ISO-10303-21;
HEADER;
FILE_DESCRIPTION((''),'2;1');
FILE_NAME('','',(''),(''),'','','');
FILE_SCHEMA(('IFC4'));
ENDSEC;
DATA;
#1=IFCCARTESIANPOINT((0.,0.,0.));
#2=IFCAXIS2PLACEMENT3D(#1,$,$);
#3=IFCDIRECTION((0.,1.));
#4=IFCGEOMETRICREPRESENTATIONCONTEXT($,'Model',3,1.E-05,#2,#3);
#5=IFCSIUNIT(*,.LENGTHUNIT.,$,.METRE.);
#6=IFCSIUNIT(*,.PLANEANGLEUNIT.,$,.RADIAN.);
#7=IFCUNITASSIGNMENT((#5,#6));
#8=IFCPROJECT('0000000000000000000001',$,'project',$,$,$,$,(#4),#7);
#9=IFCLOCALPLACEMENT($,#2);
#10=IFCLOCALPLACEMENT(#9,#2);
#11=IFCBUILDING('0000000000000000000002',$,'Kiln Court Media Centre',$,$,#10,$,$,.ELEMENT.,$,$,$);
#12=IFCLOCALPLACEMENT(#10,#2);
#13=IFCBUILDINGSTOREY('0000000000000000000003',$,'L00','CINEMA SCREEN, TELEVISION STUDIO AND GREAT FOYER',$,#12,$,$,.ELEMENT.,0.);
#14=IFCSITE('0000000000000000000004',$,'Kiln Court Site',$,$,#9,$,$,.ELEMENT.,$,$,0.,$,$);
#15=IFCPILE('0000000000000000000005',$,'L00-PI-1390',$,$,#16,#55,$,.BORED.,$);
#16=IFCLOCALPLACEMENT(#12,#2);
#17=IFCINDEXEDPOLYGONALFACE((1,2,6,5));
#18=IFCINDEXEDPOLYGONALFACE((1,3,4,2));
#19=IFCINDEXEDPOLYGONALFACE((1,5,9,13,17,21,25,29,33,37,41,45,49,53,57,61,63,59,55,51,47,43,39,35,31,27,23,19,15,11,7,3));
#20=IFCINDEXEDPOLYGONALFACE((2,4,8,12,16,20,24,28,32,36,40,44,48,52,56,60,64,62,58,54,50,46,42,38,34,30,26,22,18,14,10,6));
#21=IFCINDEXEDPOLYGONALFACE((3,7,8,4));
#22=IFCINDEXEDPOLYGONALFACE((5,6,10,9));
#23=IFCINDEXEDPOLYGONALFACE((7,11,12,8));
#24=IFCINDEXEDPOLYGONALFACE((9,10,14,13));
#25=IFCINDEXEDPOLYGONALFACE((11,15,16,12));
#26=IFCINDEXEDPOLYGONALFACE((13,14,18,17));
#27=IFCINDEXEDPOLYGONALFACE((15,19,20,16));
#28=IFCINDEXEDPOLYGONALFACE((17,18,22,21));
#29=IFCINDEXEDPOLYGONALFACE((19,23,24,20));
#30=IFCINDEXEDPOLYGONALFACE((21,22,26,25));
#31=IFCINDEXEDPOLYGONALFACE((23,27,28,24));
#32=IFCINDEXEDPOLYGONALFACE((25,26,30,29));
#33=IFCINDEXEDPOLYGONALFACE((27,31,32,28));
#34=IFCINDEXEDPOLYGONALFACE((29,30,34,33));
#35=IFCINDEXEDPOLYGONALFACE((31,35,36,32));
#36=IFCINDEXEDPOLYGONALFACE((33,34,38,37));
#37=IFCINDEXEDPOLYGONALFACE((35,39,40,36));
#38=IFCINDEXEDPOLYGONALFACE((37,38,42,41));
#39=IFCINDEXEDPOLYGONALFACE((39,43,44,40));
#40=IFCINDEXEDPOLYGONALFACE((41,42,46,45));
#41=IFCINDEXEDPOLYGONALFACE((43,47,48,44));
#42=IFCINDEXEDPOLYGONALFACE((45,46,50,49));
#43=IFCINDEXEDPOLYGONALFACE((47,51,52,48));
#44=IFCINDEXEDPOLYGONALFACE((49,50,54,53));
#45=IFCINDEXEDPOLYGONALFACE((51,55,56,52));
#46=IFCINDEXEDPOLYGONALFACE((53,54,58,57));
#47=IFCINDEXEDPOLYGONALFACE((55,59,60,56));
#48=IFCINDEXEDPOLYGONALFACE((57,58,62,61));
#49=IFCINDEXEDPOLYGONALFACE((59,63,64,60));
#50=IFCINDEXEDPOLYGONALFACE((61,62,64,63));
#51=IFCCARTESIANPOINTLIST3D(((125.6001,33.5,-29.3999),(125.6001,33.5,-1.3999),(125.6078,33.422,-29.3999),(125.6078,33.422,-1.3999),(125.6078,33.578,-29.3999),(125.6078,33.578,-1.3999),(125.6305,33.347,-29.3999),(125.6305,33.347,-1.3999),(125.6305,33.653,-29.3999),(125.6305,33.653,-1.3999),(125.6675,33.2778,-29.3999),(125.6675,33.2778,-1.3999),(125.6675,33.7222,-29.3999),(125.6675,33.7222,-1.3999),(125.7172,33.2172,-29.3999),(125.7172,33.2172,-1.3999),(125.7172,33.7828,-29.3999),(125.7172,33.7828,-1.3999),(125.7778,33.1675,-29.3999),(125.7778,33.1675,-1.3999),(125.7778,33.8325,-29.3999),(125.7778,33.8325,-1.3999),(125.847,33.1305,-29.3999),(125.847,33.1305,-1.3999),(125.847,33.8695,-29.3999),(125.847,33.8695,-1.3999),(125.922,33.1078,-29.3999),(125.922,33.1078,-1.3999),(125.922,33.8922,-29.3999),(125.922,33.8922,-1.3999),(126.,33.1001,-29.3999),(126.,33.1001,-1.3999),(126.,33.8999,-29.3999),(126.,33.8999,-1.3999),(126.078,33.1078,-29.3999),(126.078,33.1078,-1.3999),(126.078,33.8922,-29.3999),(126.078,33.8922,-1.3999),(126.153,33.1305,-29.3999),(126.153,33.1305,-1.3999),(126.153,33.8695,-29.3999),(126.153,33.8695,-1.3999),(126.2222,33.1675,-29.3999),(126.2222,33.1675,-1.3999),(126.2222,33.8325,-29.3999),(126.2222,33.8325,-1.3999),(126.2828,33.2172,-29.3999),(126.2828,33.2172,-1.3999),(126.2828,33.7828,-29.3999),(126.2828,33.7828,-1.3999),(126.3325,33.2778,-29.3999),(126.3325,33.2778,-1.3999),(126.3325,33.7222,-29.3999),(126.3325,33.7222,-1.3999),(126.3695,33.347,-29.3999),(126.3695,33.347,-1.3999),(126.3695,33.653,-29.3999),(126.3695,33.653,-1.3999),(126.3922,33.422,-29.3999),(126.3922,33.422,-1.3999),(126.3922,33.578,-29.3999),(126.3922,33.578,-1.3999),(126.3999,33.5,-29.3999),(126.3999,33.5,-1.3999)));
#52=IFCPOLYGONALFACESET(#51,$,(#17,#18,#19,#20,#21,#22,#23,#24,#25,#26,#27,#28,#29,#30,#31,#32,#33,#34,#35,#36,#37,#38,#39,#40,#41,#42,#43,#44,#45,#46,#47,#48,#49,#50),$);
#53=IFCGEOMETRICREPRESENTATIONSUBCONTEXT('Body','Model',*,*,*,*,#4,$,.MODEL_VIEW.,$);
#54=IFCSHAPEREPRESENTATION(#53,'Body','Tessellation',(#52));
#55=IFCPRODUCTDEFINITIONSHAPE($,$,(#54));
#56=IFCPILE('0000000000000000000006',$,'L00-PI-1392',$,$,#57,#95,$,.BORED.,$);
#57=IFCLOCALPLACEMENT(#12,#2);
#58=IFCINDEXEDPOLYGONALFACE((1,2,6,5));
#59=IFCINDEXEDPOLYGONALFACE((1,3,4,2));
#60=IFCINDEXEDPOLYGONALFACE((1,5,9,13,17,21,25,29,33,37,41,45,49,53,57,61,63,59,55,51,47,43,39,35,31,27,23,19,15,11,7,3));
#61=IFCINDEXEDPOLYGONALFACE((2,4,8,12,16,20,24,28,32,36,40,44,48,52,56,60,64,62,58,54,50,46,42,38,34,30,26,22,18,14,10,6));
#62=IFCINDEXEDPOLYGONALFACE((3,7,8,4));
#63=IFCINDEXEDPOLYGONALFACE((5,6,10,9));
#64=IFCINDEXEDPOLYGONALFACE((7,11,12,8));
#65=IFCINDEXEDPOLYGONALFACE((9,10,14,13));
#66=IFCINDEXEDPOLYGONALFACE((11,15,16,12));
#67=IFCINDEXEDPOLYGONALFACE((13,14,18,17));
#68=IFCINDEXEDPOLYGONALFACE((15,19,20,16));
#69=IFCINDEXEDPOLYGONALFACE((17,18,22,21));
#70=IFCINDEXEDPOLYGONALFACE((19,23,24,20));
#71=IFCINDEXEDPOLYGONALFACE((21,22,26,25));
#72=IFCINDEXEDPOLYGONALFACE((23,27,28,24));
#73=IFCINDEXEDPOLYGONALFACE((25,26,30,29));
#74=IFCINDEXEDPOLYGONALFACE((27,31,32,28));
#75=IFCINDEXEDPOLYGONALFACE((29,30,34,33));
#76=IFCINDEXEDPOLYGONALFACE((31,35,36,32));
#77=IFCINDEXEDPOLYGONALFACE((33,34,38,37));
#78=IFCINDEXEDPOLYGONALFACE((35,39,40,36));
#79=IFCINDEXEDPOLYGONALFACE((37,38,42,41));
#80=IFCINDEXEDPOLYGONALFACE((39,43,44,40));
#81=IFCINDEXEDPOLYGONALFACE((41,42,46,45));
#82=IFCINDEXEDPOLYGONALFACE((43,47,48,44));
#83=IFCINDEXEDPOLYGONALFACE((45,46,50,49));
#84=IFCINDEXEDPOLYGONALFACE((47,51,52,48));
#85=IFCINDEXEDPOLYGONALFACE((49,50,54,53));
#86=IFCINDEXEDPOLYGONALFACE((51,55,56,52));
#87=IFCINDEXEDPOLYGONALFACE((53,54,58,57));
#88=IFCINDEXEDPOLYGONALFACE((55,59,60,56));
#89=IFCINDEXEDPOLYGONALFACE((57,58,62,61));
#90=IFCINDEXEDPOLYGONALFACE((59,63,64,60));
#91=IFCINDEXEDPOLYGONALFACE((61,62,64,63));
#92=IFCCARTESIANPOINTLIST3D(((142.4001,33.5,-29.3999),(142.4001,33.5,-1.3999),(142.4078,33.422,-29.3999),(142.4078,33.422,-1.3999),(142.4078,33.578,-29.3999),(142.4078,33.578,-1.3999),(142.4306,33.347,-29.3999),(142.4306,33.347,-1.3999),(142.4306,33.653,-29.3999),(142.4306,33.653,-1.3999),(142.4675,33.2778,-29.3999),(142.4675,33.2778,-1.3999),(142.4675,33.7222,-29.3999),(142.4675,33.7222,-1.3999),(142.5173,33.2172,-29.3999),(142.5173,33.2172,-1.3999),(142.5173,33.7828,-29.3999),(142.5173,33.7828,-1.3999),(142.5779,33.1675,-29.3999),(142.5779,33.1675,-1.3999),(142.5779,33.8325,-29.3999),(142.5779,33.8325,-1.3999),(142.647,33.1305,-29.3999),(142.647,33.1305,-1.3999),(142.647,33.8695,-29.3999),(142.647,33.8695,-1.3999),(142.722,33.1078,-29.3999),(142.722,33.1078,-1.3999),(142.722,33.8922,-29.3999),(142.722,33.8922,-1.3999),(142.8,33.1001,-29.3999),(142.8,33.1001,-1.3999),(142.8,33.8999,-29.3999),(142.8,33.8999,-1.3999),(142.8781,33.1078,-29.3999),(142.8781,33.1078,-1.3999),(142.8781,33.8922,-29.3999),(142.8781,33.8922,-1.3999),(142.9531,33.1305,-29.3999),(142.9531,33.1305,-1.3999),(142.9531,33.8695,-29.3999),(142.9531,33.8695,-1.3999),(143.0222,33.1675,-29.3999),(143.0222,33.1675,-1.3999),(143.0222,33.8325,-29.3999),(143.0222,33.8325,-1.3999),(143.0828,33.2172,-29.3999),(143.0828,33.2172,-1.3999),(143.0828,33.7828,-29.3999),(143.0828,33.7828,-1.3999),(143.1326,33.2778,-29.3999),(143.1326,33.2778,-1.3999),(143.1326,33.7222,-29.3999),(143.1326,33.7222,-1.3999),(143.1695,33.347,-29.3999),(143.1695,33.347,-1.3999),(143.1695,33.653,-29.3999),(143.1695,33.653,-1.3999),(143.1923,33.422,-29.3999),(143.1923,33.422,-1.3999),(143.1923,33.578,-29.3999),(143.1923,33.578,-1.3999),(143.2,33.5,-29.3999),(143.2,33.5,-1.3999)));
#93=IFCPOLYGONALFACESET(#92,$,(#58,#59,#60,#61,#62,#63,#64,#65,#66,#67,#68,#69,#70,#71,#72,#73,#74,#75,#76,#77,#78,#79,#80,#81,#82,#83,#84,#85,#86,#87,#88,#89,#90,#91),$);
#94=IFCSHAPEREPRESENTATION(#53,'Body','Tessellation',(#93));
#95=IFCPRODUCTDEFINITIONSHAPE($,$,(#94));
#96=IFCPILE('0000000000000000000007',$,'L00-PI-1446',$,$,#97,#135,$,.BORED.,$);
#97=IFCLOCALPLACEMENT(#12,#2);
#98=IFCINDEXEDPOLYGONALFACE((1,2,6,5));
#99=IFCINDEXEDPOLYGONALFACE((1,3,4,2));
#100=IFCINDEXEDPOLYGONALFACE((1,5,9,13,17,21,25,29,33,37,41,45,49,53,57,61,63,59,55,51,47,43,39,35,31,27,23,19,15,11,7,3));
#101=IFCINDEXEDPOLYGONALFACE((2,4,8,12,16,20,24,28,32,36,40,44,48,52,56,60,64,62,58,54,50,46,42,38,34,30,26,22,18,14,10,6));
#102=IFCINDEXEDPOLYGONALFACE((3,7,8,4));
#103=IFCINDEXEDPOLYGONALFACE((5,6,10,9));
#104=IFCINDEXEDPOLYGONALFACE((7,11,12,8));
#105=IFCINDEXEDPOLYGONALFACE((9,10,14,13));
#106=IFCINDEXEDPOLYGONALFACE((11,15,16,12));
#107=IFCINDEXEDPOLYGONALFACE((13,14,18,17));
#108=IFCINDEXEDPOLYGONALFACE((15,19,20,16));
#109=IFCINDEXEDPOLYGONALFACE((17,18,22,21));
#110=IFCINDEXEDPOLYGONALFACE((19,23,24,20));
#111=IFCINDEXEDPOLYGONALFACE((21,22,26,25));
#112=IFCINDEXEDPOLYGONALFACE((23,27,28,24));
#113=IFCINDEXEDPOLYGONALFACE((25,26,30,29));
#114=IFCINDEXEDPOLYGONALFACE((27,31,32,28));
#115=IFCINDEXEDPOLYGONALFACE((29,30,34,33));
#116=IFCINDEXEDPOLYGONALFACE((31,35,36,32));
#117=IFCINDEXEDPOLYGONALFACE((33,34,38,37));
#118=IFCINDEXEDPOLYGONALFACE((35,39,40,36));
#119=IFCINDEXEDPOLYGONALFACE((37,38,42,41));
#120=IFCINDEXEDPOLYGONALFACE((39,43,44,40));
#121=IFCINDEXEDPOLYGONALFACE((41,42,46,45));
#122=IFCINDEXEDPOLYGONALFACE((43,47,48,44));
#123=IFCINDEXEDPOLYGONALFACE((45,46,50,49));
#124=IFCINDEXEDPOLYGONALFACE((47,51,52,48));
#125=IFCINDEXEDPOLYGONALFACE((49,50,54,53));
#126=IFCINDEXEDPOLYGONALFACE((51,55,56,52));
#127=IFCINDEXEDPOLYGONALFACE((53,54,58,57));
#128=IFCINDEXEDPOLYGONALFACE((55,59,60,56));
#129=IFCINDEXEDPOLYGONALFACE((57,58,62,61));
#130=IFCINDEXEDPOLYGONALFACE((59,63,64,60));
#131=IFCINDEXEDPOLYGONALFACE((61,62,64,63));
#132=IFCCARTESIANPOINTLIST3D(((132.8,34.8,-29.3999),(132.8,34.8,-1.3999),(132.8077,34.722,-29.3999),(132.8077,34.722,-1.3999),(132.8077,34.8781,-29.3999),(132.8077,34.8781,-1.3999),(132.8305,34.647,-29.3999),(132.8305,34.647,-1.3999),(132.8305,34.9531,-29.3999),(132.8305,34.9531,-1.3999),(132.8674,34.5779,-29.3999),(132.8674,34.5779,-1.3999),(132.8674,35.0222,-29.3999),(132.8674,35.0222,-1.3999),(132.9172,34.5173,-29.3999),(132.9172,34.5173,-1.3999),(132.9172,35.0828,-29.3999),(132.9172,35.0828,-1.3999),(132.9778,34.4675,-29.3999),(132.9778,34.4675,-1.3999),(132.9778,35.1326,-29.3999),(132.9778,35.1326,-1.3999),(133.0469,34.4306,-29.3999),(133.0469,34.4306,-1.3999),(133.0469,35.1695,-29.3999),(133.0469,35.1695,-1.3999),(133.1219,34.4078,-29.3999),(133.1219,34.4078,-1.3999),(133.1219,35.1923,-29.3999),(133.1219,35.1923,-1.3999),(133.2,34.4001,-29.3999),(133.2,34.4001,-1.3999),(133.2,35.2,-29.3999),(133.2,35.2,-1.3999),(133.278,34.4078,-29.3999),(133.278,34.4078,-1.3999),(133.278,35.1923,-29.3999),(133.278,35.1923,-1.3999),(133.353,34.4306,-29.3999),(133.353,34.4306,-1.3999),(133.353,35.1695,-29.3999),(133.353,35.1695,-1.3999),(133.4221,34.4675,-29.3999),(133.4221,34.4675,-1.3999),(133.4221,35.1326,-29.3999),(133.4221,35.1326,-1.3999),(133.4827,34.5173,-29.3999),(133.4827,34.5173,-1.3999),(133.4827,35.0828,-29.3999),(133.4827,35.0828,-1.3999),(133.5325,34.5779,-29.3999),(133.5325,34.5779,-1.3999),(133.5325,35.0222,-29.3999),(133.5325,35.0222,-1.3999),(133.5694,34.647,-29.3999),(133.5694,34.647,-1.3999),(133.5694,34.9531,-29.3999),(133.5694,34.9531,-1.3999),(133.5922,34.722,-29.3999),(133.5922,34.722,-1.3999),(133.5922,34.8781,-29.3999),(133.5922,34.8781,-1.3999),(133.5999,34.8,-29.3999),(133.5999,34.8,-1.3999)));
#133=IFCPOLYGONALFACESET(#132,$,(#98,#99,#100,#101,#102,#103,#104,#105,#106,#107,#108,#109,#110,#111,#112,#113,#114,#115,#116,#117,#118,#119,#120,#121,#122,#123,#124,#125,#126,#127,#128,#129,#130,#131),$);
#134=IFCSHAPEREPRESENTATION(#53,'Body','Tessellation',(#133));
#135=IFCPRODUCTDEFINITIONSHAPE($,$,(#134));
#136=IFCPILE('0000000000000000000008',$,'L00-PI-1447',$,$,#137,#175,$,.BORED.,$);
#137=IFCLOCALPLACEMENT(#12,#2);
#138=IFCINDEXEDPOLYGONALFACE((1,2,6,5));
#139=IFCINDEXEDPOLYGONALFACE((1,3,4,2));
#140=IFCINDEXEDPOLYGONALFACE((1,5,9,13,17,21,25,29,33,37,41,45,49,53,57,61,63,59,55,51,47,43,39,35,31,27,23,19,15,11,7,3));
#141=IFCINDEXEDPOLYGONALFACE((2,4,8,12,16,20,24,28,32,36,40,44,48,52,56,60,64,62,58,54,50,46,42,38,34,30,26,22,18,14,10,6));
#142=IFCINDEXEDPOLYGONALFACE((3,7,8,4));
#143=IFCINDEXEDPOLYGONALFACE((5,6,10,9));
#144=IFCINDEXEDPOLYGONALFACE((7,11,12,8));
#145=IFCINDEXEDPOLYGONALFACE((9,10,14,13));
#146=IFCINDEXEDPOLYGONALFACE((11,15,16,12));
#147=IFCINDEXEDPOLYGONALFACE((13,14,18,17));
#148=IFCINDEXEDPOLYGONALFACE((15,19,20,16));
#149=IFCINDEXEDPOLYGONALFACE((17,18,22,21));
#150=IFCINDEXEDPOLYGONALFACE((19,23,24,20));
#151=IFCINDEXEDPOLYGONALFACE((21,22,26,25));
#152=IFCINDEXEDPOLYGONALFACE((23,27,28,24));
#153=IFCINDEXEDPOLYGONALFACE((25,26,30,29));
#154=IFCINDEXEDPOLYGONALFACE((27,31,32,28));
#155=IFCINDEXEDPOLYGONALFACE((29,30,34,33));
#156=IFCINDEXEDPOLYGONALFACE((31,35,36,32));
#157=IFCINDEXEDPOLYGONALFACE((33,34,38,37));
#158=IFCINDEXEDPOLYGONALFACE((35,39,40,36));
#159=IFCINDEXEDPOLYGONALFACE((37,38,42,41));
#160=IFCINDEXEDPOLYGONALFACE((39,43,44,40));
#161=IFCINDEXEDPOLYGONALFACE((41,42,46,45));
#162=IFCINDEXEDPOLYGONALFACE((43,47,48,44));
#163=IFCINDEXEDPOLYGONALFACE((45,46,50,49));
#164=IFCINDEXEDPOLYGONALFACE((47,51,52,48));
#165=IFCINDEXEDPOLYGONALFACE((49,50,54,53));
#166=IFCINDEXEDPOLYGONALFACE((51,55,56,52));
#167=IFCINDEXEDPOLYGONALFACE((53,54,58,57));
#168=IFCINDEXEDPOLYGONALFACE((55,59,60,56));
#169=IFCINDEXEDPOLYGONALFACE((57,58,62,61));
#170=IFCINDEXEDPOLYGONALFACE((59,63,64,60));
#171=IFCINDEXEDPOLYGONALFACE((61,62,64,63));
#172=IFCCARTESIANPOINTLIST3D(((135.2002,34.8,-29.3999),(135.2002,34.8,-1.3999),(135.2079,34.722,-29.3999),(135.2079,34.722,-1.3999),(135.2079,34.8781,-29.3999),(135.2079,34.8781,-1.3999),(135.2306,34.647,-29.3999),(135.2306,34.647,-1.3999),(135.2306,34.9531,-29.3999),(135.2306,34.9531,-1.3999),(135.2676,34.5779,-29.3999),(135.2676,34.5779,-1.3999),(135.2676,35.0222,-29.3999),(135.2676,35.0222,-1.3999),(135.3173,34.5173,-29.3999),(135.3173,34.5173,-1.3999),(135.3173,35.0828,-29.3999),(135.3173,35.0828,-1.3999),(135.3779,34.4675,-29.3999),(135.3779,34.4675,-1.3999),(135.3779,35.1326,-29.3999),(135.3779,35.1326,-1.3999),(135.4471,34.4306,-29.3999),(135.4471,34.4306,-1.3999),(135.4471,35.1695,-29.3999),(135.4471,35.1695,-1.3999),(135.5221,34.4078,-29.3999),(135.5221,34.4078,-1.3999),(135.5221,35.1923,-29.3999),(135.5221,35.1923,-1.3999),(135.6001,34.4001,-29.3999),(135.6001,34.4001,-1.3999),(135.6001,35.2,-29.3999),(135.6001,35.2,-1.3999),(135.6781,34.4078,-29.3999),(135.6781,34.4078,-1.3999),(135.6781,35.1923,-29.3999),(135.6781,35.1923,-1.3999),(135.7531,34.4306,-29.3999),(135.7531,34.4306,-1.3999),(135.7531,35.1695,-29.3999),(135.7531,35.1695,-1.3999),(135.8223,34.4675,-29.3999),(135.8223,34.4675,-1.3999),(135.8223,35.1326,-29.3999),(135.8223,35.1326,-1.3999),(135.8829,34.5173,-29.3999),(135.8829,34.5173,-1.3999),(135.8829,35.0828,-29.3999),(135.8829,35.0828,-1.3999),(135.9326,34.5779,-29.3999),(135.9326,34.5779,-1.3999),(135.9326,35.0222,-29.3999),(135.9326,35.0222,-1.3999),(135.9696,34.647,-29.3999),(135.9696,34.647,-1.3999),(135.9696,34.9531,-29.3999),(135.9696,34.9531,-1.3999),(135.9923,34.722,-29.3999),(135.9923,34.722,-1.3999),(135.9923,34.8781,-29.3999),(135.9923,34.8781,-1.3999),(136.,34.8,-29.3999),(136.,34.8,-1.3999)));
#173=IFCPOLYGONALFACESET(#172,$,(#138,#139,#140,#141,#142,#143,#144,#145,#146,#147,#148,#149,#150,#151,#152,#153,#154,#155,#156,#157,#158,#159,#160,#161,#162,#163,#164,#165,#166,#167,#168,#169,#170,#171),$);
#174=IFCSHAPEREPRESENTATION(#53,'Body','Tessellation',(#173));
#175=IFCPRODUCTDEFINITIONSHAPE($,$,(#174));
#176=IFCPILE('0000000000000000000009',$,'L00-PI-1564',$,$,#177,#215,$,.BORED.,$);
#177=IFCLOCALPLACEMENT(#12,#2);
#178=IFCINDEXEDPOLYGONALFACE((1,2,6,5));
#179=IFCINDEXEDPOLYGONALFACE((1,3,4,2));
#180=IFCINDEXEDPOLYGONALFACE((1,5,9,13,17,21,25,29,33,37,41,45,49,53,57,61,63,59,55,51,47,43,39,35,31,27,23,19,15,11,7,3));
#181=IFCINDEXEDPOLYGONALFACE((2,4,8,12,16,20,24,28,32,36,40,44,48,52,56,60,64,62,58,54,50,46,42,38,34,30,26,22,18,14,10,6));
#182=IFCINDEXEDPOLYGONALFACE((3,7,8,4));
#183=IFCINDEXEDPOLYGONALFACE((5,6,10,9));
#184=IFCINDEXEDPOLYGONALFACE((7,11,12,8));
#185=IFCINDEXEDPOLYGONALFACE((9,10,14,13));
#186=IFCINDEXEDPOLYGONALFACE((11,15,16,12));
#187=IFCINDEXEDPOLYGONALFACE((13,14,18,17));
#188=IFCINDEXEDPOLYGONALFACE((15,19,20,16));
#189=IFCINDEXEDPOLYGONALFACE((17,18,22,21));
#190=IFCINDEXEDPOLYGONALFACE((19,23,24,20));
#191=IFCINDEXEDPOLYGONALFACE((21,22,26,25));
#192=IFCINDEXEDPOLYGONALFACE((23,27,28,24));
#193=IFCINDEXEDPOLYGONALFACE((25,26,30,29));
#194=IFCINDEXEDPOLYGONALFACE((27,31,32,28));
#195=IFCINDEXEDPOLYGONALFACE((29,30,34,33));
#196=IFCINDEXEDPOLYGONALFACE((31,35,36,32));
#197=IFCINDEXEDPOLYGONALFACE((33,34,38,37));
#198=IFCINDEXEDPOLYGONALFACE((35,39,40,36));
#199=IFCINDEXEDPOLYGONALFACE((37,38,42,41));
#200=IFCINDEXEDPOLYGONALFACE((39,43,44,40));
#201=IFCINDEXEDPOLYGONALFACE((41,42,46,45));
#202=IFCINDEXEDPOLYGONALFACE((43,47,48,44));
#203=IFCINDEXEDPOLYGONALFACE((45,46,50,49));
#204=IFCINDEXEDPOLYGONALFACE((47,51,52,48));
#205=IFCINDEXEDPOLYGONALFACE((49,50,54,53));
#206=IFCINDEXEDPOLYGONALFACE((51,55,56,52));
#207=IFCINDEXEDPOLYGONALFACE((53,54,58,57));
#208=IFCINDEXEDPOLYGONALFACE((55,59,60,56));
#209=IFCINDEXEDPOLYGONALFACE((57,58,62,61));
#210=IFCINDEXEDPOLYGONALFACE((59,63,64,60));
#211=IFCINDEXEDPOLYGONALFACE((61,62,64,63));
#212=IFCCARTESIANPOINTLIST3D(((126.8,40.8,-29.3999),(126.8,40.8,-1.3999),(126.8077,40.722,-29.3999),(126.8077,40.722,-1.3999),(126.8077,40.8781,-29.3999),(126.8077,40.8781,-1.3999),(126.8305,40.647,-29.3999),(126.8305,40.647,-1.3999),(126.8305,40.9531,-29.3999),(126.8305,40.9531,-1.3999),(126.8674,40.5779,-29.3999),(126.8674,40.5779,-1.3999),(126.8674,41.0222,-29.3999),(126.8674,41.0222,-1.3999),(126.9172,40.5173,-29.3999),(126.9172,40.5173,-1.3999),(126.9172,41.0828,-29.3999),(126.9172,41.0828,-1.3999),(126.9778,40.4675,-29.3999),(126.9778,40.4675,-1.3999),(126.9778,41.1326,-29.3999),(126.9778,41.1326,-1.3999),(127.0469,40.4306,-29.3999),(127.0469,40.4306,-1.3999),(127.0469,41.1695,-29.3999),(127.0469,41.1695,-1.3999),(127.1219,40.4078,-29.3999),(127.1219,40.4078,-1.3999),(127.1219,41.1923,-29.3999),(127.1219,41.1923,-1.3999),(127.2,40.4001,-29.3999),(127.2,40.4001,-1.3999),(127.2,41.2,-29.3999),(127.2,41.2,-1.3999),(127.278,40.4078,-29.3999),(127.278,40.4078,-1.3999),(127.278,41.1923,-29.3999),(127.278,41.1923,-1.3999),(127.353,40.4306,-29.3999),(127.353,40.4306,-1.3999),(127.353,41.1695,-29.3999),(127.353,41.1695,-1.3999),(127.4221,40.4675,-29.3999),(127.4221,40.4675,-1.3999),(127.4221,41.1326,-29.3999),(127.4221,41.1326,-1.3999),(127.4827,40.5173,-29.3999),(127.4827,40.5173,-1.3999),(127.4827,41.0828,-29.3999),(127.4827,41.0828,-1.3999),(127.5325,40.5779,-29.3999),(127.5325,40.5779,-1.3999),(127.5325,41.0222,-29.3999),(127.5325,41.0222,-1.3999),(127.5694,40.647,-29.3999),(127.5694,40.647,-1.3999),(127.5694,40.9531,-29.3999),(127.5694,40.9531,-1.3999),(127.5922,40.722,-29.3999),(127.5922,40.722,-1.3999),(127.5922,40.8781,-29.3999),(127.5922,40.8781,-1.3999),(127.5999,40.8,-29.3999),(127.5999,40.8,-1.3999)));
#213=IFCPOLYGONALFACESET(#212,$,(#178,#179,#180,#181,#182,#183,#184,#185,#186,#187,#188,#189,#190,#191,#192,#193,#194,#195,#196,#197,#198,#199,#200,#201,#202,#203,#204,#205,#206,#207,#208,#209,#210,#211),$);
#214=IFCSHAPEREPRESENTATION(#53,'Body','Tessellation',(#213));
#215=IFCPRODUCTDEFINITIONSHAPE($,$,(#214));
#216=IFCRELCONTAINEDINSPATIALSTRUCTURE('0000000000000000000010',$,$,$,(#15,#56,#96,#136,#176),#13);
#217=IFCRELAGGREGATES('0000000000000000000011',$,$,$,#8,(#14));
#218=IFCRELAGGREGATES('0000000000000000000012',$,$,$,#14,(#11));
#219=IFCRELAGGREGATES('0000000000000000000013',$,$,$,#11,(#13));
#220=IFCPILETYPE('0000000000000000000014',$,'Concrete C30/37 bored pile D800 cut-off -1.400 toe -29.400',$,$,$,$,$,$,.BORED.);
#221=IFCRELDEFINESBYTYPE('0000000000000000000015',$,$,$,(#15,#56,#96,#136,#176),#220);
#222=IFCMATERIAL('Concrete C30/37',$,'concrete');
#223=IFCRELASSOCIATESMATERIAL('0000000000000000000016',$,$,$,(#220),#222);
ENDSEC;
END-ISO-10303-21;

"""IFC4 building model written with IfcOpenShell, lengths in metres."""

from ifc_helpers import new_model, si_unit, direction, frame, origin, origin_2d, place, context, subcontext, project, spatial, circle, extrude, material, material_profile, profile_set, type_object, element, save


model = new_model("IFC4")

# Units and contexts
model_context = context("Model", 3, precision=1e-05, world=origin(), true_north=direction((0.0, 1.0)))
body_context = subcontext(model_context, "Body", "Model", "MODEL_VIEW")
ifc_project = project(units=[si_unit("LENGTHUNIT", "METRE"), si_unit("PLANEANGLEUNIT", "RADIAN")], contexts=[model_context])

# Site, building, storey
site_placement = place(None, origin())
site = spatial("IfcSite", under=ifc_project, at=site_placement, Name="Kiln Court Site", CompositionType="ELEMENT", RefElevation=0.0)
building_placement = place(site_placement, origin())
building = spatial("IfcBuilding", under=site, at=building_placement, Name="Kiln Court Media Centre", CompositionType="ELEMENT")
storey_placement = place(building_placement, origin())
storey = spatial("IfcBuildingStorey", under=building, at=storey_placement, Name="L00", Description="CINEMA SCREEN, TELEVISION STUDIO AND GREAT FOYER", CompositionType="ELEMENT", Elevation=0.0)

# Piles
ifc_material_1 = material(Name="Concrete C30/37", Category="concrete")
ifc_material_profile_1 = material_profile(ifc_material_1, circle(Radius=0.3999, at=origin_2d()), Name="PILE D800")
ifc_profile_set_1 = profile_set([ifc_material_profile_1], Name="Concrete C30/37")
pile_type = type_object("IfcPileType", Name="Concrete C30/37 bored pile D800 cut-off -1.400 toe -29.400", PredefinedType="BORED", material=ifc_profile_set_1)
for number, where, z_axis, x_axis, name in (
    (1, (126.0, 33.5, -1.3999), (0.0, 0.0, -1.0), (1.0, 0.0, 0.0), "L00-PI-1390"),
    (2, (142.8, 33.5, -1.3999), (0.0, 0.0, -1.0), (1.0, 0.0, 0.0), "L00-PI-1392"),
    (3, (133.2, 34.8, -1.3999), (0.0, 0.0, -1.0), (1.0, 0.0, 0.0), "L00-PI-1446"),
    (4, (135.6001, 34.8, -1.3999), (0.0, 0.0, -1.0), (1.0, 0.0, 0.0), "L00-PI-1447"),
    (5, (127.2, 40.8, -1.3999), (0.0, 0.0, -1.0), (1.0, 0.0, 0.0), "L00-PI-1564"),
):
    element("IfcPile", number, at=place(storey_placement, frame(where, z_axis=z_axis, x_axis=x_axis)), inside=storey, type_object=pile_type, Name=name, PredefinedType="BORED", context=body_context, shape_type="SweptSolid", body=[
        extrude(circle(Radius=0.3999, at=origin_2d()), origin(), (0.0, 0.0, 1.0), 28.0),
    ])

save(model, "model.ifc")
